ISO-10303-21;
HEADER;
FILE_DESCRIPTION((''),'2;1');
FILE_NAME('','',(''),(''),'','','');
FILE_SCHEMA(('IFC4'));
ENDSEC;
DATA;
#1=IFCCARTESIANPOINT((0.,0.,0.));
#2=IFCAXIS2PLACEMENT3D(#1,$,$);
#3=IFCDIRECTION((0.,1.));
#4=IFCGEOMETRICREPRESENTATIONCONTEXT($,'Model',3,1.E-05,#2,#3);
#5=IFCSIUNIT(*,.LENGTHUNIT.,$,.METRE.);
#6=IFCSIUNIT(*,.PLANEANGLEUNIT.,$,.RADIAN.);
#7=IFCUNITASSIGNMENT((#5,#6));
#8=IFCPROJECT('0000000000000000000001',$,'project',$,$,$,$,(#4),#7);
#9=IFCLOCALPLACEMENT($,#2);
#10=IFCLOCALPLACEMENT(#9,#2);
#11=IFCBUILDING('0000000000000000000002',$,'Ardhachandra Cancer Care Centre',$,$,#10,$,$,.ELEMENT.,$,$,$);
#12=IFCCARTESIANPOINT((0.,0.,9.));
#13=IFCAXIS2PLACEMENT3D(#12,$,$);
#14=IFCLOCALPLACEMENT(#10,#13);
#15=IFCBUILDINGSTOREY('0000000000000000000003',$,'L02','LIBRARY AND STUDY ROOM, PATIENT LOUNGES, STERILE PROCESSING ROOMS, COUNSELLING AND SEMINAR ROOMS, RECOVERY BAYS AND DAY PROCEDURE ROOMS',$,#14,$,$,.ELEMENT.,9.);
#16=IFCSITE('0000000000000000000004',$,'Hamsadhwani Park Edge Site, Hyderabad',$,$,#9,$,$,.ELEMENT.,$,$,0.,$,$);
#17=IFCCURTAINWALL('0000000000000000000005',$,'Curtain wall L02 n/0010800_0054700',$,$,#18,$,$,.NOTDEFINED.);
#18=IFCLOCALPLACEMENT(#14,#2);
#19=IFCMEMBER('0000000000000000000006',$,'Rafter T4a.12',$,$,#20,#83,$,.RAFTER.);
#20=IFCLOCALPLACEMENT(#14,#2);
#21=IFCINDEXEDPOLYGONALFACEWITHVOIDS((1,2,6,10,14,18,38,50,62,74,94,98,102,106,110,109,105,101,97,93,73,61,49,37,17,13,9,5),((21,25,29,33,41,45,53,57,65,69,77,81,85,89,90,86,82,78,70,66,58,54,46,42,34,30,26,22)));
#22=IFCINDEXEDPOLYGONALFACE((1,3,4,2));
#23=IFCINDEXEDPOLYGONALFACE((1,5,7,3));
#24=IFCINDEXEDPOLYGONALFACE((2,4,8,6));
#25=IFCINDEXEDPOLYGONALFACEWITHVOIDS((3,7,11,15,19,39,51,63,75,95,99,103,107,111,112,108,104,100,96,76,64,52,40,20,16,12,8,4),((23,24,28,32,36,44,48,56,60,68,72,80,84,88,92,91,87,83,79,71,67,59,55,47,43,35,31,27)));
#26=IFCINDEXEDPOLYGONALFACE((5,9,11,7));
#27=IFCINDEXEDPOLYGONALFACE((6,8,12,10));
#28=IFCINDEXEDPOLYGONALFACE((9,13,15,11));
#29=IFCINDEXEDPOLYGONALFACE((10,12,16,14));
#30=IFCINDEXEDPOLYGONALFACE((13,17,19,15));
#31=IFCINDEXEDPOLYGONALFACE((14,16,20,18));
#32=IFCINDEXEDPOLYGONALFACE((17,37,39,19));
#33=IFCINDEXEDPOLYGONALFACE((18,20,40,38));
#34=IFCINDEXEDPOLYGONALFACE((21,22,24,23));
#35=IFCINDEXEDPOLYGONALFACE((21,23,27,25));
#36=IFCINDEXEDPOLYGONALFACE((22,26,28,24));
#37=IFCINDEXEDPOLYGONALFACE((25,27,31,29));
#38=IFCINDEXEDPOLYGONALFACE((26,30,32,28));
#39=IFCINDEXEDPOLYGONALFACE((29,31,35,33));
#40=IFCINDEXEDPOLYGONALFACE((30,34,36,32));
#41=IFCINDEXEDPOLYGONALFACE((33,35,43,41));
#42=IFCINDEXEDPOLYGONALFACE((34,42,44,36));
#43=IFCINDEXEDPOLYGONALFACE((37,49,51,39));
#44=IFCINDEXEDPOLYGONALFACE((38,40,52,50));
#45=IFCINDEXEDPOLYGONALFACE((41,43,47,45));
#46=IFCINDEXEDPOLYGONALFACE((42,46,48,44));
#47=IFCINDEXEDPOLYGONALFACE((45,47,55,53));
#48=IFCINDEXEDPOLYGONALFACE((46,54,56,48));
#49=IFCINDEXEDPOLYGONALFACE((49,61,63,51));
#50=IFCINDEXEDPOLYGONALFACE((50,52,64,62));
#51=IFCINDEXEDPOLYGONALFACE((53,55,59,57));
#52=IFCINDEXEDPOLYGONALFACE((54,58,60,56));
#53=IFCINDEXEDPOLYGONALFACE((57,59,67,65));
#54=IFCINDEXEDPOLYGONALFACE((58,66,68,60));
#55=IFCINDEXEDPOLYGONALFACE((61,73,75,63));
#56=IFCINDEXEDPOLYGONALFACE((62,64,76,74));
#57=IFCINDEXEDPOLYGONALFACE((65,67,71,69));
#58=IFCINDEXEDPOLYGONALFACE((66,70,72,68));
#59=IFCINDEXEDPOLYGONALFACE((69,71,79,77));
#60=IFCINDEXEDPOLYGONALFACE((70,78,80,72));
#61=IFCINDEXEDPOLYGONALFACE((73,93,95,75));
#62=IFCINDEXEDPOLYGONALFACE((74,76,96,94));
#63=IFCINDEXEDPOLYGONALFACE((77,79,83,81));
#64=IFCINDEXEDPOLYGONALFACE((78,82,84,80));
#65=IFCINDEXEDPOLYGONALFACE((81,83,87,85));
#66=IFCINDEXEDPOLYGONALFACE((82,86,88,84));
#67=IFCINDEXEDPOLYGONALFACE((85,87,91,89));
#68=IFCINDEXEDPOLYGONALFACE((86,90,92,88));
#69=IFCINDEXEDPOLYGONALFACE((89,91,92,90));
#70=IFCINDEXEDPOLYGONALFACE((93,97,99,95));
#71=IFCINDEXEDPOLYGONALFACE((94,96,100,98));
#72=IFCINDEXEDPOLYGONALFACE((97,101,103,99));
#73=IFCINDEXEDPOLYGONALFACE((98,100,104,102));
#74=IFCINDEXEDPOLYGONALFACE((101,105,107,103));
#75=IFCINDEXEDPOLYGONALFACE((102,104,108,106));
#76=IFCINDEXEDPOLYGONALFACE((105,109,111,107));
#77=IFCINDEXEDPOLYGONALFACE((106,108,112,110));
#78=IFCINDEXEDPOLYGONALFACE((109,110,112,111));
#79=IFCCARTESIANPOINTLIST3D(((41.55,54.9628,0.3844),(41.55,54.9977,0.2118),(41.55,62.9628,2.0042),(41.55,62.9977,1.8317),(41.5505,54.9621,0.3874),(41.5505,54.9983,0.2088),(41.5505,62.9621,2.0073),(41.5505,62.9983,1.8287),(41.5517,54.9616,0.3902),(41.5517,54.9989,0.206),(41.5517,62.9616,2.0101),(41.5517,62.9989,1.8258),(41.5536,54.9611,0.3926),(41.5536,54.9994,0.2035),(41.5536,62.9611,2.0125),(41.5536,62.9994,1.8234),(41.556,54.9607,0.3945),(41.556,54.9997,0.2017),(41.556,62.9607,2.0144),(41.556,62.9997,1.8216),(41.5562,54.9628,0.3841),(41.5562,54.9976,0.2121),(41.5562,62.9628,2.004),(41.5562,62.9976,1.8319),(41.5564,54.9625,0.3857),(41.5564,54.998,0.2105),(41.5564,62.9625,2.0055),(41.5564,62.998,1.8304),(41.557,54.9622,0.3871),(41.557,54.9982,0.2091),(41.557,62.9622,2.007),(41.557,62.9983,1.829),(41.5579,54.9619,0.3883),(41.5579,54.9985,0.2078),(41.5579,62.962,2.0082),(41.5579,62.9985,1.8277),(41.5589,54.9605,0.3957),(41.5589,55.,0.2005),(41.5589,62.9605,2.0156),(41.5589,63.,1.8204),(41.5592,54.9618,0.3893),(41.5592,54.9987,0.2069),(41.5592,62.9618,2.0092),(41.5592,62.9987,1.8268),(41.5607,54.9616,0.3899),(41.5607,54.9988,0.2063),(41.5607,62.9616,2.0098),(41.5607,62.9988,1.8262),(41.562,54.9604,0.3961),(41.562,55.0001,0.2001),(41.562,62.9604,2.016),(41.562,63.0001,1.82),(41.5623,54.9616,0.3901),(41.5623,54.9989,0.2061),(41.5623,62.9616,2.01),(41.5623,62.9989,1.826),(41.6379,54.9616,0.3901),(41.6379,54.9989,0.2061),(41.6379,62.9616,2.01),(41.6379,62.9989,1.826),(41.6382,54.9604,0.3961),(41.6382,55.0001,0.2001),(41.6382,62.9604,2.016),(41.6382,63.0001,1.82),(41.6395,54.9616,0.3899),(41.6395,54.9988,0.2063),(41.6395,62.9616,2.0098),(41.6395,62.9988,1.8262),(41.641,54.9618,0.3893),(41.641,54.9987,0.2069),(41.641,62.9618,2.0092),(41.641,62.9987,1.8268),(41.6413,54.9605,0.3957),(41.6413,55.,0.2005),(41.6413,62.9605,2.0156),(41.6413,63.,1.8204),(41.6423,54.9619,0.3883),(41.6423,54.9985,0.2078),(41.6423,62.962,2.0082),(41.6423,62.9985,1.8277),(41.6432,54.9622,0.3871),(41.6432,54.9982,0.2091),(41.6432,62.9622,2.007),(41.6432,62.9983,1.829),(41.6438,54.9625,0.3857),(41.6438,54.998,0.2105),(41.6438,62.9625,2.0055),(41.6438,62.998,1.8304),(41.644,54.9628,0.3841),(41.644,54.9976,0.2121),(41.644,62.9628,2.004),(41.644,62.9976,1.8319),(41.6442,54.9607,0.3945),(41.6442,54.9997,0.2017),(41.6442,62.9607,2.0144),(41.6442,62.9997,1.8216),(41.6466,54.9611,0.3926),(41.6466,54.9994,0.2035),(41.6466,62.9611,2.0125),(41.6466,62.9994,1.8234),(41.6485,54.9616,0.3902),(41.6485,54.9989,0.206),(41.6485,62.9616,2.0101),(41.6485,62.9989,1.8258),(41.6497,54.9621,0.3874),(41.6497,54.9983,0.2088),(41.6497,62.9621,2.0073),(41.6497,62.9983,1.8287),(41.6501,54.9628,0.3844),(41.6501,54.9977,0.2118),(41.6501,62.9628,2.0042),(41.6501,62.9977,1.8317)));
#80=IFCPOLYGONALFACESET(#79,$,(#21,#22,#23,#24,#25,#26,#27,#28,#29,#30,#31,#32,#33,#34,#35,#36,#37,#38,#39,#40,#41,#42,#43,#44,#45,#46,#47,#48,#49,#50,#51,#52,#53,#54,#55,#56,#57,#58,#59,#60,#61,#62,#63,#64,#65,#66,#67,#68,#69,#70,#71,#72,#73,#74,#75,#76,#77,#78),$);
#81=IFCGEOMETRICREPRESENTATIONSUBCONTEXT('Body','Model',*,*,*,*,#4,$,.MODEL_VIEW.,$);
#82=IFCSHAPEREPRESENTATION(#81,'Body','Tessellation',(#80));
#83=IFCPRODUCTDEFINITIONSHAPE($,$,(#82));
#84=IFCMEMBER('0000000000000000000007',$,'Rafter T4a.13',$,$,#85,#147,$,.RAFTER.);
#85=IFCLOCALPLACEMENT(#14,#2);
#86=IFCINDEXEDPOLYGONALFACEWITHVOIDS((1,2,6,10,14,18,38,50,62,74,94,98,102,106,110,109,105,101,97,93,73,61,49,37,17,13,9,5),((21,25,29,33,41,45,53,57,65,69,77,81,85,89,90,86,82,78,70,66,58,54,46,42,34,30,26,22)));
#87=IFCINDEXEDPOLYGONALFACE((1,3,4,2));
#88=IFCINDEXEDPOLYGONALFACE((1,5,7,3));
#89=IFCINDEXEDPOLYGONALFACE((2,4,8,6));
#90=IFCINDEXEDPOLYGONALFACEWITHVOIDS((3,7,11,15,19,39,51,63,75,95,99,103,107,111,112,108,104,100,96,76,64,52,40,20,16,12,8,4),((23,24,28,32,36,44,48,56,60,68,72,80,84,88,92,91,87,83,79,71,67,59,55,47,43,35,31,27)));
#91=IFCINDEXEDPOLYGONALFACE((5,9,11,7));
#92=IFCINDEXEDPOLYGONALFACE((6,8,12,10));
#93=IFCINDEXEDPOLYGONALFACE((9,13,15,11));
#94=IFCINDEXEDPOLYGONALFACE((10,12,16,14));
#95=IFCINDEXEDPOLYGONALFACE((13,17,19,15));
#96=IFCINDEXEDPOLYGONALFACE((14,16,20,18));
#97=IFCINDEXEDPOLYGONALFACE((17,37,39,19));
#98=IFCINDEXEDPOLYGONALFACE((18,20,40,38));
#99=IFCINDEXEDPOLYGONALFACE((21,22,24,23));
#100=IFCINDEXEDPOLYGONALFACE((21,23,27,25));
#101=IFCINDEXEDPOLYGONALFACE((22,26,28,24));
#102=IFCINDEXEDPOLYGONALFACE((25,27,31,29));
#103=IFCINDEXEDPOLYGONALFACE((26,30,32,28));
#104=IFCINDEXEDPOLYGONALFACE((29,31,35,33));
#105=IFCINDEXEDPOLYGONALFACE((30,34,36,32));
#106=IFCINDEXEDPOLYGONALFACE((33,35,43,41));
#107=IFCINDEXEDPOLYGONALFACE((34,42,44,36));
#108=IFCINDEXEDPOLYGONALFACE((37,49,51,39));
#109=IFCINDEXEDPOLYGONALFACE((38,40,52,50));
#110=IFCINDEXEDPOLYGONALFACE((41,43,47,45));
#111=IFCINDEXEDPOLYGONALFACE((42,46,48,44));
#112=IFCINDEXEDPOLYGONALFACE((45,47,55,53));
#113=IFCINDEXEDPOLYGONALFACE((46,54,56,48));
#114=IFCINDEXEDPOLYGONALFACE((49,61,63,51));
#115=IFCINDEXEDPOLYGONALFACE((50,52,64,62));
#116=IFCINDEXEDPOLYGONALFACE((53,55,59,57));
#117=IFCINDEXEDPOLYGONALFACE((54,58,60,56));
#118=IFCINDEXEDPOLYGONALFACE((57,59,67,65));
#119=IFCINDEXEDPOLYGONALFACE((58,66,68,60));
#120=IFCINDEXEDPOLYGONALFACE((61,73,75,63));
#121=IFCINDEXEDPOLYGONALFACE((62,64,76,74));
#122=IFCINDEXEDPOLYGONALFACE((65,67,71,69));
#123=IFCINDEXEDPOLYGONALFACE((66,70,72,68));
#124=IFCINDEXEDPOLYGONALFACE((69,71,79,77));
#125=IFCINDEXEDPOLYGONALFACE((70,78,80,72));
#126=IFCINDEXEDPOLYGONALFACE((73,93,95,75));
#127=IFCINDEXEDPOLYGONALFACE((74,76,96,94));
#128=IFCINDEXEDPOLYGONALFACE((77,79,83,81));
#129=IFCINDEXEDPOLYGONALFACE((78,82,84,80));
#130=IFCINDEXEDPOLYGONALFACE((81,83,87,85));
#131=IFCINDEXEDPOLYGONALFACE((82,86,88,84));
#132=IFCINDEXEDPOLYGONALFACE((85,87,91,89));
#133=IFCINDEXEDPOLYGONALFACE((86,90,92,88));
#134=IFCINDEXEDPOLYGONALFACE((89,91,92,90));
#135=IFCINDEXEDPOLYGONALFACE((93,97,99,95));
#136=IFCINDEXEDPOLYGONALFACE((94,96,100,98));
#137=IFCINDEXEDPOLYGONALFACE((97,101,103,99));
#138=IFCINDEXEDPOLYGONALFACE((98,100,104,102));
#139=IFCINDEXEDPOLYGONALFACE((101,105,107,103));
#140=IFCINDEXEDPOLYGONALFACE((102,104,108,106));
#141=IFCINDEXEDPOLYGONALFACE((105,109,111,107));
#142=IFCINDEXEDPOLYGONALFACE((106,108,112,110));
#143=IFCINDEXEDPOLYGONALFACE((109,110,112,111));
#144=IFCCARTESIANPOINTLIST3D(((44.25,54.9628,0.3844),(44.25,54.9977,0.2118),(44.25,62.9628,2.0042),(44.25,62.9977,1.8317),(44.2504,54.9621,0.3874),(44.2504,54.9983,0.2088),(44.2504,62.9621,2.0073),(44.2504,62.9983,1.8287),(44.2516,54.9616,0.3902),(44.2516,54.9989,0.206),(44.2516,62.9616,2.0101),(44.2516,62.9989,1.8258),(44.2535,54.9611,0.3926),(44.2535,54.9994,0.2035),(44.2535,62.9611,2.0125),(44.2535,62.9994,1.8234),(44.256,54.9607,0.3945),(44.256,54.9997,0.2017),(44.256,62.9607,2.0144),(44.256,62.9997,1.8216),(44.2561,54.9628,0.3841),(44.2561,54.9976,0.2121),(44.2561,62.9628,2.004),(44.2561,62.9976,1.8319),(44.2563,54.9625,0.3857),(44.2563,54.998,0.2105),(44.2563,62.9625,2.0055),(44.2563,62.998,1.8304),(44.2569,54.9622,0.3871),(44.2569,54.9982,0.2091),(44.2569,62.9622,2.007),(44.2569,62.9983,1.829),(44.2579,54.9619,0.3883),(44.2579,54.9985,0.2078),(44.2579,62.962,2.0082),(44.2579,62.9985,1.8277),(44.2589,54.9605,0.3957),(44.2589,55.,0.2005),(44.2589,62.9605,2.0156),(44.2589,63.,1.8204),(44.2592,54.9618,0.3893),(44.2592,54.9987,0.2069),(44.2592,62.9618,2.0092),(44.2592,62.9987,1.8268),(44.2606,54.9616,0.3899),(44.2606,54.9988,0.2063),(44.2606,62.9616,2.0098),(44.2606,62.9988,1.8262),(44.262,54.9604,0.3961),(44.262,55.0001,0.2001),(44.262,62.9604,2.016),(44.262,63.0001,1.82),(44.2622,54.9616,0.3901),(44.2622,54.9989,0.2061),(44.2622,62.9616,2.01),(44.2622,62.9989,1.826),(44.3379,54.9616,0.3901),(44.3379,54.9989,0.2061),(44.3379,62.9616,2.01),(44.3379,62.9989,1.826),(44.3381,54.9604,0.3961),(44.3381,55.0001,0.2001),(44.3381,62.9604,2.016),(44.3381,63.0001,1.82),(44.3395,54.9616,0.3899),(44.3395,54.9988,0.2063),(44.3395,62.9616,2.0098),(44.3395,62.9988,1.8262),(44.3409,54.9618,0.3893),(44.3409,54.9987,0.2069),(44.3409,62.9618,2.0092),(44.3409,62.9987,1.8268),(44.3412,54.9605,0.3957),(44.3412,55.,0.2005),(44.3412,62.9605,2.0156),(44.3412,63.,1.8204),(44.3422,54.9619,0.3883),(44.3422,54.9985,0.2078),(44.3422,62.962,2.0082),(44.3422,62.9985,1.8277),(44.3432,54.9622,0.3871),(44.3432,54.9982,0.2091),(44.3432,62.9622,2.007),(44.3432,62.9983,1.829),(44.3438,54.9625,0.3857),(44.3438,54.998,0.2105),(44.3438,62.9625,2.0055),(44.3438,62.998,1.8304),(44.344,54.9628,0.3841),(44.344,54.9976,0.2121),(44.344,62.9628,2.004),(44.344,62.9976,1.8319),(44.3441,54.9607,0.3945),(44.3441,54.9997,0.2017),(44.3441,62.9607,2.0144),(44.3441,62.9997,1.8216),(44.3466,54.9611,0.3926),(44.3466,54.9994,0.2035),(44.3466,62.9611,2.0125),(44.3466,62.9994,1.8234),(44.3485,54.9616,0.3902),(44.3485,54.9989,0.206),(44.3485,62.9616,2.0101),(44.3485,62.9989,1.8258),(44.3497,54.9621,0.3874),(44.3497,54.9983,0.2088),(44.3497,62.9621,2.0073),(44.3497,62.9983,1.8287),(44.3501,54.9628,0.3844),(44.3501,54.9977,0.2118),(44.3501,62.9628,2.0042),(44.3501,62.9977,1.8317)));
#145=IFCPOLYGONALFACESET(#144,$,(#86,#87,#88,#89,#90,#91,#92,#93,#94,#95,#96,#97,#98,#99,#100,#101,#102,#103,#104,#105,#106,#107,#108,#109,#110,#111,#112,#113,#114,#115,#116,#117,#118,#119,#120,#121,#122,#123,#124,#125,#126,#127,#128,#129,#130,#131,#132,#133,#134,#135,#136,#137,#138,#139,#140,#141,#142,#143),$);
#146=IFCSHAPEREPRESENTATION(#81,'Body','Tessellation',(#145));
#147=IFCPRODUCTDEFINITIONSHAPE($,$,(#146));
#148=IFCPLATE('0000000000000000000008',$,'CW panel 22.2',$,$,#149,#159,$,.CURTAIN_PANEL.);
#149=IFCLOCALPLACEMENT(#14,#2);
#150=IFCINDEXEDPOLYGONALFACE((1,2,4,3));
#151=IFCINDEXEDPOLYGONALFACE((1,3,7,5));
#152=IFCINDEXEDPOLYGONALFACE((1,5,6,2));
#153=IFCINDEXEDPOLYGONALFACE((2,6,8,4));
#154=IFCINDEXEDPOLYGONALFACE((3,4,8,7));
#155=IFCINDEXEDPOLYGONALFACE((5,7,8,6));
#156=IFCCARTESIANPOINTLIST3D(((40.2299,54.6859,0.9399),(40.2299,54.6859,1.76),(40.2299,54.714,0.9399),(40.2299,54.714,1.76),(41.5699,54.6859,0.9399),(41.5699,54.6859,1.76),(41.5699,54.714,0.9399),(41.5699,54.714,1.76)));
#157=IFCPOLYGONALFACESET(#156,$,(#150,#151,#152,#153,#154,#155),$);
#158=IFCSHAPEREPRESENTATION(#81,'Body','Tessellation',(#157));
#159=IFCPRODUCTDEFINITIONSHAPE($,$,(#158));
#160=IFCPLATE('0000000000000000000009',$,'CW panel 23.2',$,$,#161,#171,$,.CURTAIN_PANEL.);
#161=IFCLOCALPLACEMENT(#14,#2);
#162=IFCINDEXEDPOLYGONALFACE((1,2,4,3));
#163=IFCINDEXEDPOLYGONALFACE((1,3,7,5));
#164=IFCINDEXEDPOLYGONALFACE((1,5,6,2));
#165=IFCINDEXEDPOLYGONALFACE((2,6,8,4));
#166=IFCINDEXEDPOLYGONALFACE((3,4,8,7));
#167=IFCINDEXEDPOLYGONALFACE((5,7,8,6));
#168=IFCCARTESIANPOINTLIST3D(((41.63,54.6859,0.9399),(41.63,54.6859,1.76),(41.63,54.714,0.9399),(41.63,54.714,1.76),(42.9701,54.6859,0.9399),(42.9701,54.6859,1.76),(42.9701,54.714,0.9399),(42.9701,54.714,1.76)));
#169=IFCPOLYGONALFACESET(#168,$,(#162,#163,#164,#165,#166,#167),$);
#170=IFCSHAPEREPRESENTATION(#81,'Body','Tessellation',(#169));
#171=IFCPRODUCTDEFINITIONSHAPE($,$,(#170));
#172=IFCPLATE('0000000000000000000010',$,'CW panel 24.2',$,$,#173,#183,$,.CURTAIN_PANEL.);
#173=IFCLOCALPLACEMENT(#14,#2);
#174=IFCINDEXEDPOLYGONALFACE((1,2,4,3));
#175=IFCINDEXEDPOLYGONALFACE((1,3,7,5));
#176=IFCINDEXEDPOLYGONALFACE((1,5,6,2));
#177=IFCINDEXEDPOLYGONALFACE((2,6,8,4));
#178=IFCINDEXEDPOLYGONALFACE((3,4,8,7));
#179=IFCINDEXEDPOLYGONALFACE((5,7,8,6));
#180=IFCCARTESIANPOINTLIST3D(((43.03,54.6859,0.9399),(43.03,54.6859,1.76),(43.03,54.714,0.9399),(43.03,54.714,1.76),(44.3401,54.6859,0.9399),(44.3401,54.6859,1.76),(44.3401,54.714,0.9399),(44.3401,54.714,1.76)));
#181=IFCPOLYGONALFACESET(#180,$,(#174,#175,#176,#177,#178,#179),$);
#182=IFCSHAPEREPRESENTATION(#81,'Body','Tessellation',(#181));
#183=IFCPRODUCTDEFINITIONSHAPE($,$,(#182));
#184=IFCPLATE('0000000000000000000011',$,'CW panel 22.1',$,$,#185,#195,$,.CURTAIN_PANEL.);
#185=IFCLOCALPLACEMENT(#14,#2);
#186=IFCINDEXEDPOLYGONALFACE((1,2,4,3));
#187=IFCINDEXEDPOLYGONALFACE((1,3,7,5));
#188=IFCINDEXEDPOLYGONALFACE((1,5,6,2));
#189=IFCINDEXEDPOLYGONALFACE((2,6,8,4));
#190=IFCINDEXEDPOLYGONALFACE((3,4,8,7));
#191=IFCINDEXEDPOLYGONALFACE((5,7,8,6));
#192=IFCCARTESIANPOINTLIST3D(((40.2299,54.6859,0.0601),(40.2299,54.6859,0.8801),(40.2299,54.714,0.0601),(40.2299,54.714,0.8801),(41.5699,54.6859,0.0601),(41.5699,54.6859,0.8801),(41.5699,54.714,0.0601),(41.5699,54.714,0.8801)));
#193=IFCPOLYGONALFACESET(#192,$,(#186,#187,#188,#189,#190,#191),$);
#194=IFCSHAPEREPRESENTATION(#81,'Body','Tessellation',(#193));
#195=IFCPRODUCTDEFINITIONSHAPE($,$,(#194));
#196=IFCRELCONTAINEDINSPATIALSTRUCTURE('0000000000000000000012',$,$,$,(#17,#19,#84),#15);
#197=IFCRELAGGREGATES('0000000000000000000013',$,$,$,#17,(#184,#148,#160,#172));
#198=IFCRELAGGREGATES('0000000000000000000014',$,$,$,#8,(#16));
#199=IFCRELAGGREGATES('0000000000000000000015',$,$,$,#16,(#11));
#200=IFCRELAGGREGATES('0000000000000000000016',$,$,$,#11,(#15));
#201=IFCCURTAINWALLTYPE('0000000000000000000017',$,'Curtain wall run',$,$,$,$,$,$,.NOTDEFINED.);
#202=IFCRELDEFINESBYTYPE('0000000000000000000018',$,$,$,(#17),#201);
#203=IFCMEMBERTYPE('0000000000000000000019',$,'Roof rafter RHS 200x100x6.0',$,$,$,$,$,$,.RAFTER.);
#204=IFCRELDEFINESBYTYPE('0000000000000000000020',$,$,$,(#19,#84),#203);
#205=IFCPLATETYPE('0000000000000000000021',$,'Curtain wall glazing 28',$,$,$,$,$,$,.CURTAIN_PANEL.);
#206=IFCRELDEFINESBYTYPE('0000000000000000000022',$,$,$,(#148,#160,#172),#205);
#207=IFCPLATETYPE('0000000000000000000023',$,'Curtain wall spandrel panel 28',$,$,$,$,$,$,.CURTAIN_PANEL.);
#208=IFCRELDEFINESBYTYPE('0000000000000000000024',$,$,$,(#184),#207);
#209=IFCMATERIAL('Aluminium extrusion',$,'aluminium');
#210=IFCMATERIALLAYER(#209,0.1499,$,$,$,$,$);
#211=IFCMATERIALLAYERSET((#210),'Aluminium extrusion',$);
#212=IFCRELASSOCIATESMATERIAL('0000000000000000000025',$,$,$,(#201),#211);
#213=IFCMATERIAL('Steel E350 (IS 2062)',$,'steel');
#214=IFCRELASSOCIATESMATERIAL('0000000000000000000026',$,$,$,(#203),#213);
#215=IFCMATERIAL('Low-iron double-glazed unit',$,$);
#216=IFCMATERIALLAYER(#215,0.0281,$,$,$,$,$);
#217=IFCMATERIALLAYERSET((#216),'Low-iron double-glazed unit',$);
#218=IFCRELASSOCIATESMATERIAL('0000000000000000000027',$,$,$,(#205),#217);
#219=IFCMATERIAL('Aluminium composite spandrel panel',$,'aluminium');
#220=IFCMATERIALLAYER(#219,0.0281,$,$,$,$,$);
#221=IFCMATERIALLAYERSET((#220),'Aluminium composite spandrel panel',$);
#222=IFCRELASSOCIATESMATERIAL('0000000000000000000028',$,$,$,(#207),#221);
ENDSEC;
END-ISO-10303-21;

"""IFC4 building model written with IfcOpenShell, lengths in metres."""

from ifc_helpers import new_model, si_unit, direction, frame, origin, origin_2d, place, context, subcontext, project, spatial, rectangle, hollow_rectangle, extrude, material, layer, layer_set, material_profile, profile_set, type_object, element, aggregate, save


model = new_model("IFC4")

# Units and contexts
model_context = context("Model", 3, precision=1e-05, world=origin(), true_north=direction((0.0, 1.0)))
body_context = subcontext(model_context, "Body", "Model", "MODEL_VIEW")
ifc_project = project(units=[si_unit("LENGTHUNIT", "METRE"), si_unit("PLANEANGLEUNIT", "RADIAN")], contexts=[model_context])

# Site, building, storey
site_placement = place(None, origin())
site = spatial("IfcSite", under=ifc_project, at=site_placement, Name="Hamsadhwani Park Edge Site, Hyderabad", CompositionType="ELEMENT", RefElevation=0.0)
building_placement = place(site_placement, origin())
building = spatial("IfcBuilding", under=site, at=building_placement, Name="Ardhachandra Cancer Care Centre", CompositionType="ELEMENT")
storey_placement = place(building_placement, frame((0.0, 0.0, 9.0)))
storey = spatial("IfcBuildingStorey", under=building, at=storey_placement, Name="L02", Description="LIBRARY AND STUDY ROOM, PATIENT LOUNGES, STERILE PROCESSING ROOMS, COUNSELLING AND SEMINAR ROOMS, RECOVERY BAYS AND DAY PROCEDURE ROOMS", CompositionType="ELEMENT", Elevation=9.0)

# Curtain wall
ifc_material_1 = material(Name="Aluminium extrusion", Category="aluminium")
ifc_layer_1 = layer(ifc_material_1, 0.1499)
ifc_layer_set_1 = layer_set([ifc_layer_1], Name="Aluminium extrusion")
curtain_wall_type = type_object("IfcCurtainWallType", Name="Curtain wall run", PredefinedType="NOTDEFINED", material=ifc_layer_set_1)
curtain_wall_placement = place(storey_placement, origin())
curtain_wall = element("IfcCurtainWall", 1, at=curtain_wall_placement, inside=storey, type_object=curtain_wall_type, Name="Curtain wall L02 n/0010800_0054700", PredefinedType="NOTDEFINED")

# Members
ifc_material_2 = material(Name="Steel E350 (IS 2062)", Category="steel")
ifc_material_profile_1 = material_profile(ifc_material_2, hollow_rectangle(XDim=0.1001, YDim=0.2, WallThickness=0.0061, InnerFilletRadius=0.0061, OuterFilletRadius=0.012, at=origin_2d()), Name="RHS 200x100x6.0")
ifc_profile_set_1 = profile_set([ifc_material_profile_1], Name="Steel E350 (IS 2062)")
member_type_1 = type_object("IfcMemberType", Name="Roof rafter RHS 200x100x6.0", PredefinedType="RAFTER", material=ifc_profile_set_1)
for number, where, z_axis, x_axis, name in (
    (2, (41.6001, 54.9802, 0.2981), (0.0, 0.98011, 0.198457), (-1.0, 0.0, 0.0), "Rafter T4a.12"),
    (3, (44.3, 54.9802, 0.2981), (0.0, 0.98011, 0.198457), (-1.0, 0.0, 0.0), "Rafter T4a.13"),
):
    element("IfcMember", number, at=place(storey_placement, frame(where, z_axis=z_axis, x_axis=x_axis)), inside=storey, type_object=member_type_1, Name=name, PredefinedType="RAFTER", context=body_context, shape_type="SweptSolid", body=[
        extrude(hollow_rectangle(XDim=0.1001, YDim=0.2, WallThickness=0.0061, InnerFilletRadius=0.0061, OuterFilletRadius=0.012, at=origin_2d()), origin(), (0.0, 0.0, 1.0), 8.1624),
    ])

# Plates
ifc_material_3 = material(Name="Low-iron double-glazed unit")
ifc_layer_2 = layer(ifc_material_3, 0.0281)
ifc_layer_set_2 = layer_set([ifc_layer_2], Name="Low-iron double-glazed unit")
plate_type_1 = type_object("IfcPlateType", Name="Curtain wall glazing 28", PredefinedType="CURTAIN_PANEL", material=ifc_layer_set_2)
plate_1_placement = place(storey_placement, frame((40.8999, 54.7, 0.9399), z_axis=(0.0, 0.0, 1.0), x_axis=(1.0, 0.0, 0.0)))
plate_1 = element("IfcPlate", 4, at=plate_1_placement, type_object=plate_type_1, Name="CW panel 22.2", PredefinedType="CURTAIN_PANEL", context=body_context, shape_type="SweptSolid", body=[
    extrude(rectangle(XDim=1.3401, YDim=0.0281, at=origin_2d()), origin(), (0.0, 0.0, 1.0), 0.8201),
])
plate_2_placement = place(storey_placement, frame((42.3, 54.7, 0.9399), z_axis=(0.0, 0.0, 1.0), x_axis=(1.0, 0.0, 0.0)))
plate_2 = element("IfcPlate", 5, at=plate_2_placement, type_object=plate_type_1, Name="CW panel 23.2", PredefinedType="CURTAIN_PANEL", context=body_context, shape_type="SweptSolid", body=[
    extrude(rectangle(XDim=1.3401, YDim=0.0281, at=origin_2d()), origin(), (0.0, 0.0, 1.0), 0.8201),
])
plate_3_placement = place(storey_placement, frame((43.6851, 54.7, 0.9399), z_axis=(0.0, 0.0, 1.0), x_axis=(1.0, 0.0, 0.0)))
plate_3 = element("IfcPlate", 6, at=plate_3_placement, type_object=plate_type_1, Name="CW panel 24.2", PredefinedType="CURTAIN_PANEL", context=body_context, shape_type="SweptSolid", body=[
    extrude(rectangle(XDim=1.3101, YDim=0.0281, at=origin_2d()), origin(), (0.0, 0.0, 1.0), 0.8201),
])
ifc_material_4 = material(Name="Aluminium composite spandrel panel", Category="aluminium")
ifc_layer_3 = layer(ifc_material_4, 0.0281)
ifc_layer_set_3 = layer_set([ifc_layer_3], Name="Aluminium composite spandrel panel")
plate_type_2 = type_object("IfcPlateType", Name="Curtain wall spandrel panel 28", PredefinedType="CURTAIN_PANEL", material=ifc_layer_set_3)
plate_4_placement = place(storey_placement, frame((40.8999, 54.7, 0.0601), z_axis=(0.0, 0.0, 1.0), x_axis=(1.0, 0.0, 0.0)))
plate_4 = element("IfcPlate", 7, at=plate_4_placement, type_object=plate_type_2, Name="CW panel 22.1", PredefinedType="CURTAIN_PANEL", context=body_context, shape_type="SweptSolid", body=[
    extrude(rectangle(XDim=1.3401, YDim=0.0281, at=origin_2d()), origin(), (0.0, 0.0, 1.0), 0.8201),
])
aggregate(curtain_wall, [plate_4, plate_1, plate_2, plate_3])

save(model, "model.ifc")
